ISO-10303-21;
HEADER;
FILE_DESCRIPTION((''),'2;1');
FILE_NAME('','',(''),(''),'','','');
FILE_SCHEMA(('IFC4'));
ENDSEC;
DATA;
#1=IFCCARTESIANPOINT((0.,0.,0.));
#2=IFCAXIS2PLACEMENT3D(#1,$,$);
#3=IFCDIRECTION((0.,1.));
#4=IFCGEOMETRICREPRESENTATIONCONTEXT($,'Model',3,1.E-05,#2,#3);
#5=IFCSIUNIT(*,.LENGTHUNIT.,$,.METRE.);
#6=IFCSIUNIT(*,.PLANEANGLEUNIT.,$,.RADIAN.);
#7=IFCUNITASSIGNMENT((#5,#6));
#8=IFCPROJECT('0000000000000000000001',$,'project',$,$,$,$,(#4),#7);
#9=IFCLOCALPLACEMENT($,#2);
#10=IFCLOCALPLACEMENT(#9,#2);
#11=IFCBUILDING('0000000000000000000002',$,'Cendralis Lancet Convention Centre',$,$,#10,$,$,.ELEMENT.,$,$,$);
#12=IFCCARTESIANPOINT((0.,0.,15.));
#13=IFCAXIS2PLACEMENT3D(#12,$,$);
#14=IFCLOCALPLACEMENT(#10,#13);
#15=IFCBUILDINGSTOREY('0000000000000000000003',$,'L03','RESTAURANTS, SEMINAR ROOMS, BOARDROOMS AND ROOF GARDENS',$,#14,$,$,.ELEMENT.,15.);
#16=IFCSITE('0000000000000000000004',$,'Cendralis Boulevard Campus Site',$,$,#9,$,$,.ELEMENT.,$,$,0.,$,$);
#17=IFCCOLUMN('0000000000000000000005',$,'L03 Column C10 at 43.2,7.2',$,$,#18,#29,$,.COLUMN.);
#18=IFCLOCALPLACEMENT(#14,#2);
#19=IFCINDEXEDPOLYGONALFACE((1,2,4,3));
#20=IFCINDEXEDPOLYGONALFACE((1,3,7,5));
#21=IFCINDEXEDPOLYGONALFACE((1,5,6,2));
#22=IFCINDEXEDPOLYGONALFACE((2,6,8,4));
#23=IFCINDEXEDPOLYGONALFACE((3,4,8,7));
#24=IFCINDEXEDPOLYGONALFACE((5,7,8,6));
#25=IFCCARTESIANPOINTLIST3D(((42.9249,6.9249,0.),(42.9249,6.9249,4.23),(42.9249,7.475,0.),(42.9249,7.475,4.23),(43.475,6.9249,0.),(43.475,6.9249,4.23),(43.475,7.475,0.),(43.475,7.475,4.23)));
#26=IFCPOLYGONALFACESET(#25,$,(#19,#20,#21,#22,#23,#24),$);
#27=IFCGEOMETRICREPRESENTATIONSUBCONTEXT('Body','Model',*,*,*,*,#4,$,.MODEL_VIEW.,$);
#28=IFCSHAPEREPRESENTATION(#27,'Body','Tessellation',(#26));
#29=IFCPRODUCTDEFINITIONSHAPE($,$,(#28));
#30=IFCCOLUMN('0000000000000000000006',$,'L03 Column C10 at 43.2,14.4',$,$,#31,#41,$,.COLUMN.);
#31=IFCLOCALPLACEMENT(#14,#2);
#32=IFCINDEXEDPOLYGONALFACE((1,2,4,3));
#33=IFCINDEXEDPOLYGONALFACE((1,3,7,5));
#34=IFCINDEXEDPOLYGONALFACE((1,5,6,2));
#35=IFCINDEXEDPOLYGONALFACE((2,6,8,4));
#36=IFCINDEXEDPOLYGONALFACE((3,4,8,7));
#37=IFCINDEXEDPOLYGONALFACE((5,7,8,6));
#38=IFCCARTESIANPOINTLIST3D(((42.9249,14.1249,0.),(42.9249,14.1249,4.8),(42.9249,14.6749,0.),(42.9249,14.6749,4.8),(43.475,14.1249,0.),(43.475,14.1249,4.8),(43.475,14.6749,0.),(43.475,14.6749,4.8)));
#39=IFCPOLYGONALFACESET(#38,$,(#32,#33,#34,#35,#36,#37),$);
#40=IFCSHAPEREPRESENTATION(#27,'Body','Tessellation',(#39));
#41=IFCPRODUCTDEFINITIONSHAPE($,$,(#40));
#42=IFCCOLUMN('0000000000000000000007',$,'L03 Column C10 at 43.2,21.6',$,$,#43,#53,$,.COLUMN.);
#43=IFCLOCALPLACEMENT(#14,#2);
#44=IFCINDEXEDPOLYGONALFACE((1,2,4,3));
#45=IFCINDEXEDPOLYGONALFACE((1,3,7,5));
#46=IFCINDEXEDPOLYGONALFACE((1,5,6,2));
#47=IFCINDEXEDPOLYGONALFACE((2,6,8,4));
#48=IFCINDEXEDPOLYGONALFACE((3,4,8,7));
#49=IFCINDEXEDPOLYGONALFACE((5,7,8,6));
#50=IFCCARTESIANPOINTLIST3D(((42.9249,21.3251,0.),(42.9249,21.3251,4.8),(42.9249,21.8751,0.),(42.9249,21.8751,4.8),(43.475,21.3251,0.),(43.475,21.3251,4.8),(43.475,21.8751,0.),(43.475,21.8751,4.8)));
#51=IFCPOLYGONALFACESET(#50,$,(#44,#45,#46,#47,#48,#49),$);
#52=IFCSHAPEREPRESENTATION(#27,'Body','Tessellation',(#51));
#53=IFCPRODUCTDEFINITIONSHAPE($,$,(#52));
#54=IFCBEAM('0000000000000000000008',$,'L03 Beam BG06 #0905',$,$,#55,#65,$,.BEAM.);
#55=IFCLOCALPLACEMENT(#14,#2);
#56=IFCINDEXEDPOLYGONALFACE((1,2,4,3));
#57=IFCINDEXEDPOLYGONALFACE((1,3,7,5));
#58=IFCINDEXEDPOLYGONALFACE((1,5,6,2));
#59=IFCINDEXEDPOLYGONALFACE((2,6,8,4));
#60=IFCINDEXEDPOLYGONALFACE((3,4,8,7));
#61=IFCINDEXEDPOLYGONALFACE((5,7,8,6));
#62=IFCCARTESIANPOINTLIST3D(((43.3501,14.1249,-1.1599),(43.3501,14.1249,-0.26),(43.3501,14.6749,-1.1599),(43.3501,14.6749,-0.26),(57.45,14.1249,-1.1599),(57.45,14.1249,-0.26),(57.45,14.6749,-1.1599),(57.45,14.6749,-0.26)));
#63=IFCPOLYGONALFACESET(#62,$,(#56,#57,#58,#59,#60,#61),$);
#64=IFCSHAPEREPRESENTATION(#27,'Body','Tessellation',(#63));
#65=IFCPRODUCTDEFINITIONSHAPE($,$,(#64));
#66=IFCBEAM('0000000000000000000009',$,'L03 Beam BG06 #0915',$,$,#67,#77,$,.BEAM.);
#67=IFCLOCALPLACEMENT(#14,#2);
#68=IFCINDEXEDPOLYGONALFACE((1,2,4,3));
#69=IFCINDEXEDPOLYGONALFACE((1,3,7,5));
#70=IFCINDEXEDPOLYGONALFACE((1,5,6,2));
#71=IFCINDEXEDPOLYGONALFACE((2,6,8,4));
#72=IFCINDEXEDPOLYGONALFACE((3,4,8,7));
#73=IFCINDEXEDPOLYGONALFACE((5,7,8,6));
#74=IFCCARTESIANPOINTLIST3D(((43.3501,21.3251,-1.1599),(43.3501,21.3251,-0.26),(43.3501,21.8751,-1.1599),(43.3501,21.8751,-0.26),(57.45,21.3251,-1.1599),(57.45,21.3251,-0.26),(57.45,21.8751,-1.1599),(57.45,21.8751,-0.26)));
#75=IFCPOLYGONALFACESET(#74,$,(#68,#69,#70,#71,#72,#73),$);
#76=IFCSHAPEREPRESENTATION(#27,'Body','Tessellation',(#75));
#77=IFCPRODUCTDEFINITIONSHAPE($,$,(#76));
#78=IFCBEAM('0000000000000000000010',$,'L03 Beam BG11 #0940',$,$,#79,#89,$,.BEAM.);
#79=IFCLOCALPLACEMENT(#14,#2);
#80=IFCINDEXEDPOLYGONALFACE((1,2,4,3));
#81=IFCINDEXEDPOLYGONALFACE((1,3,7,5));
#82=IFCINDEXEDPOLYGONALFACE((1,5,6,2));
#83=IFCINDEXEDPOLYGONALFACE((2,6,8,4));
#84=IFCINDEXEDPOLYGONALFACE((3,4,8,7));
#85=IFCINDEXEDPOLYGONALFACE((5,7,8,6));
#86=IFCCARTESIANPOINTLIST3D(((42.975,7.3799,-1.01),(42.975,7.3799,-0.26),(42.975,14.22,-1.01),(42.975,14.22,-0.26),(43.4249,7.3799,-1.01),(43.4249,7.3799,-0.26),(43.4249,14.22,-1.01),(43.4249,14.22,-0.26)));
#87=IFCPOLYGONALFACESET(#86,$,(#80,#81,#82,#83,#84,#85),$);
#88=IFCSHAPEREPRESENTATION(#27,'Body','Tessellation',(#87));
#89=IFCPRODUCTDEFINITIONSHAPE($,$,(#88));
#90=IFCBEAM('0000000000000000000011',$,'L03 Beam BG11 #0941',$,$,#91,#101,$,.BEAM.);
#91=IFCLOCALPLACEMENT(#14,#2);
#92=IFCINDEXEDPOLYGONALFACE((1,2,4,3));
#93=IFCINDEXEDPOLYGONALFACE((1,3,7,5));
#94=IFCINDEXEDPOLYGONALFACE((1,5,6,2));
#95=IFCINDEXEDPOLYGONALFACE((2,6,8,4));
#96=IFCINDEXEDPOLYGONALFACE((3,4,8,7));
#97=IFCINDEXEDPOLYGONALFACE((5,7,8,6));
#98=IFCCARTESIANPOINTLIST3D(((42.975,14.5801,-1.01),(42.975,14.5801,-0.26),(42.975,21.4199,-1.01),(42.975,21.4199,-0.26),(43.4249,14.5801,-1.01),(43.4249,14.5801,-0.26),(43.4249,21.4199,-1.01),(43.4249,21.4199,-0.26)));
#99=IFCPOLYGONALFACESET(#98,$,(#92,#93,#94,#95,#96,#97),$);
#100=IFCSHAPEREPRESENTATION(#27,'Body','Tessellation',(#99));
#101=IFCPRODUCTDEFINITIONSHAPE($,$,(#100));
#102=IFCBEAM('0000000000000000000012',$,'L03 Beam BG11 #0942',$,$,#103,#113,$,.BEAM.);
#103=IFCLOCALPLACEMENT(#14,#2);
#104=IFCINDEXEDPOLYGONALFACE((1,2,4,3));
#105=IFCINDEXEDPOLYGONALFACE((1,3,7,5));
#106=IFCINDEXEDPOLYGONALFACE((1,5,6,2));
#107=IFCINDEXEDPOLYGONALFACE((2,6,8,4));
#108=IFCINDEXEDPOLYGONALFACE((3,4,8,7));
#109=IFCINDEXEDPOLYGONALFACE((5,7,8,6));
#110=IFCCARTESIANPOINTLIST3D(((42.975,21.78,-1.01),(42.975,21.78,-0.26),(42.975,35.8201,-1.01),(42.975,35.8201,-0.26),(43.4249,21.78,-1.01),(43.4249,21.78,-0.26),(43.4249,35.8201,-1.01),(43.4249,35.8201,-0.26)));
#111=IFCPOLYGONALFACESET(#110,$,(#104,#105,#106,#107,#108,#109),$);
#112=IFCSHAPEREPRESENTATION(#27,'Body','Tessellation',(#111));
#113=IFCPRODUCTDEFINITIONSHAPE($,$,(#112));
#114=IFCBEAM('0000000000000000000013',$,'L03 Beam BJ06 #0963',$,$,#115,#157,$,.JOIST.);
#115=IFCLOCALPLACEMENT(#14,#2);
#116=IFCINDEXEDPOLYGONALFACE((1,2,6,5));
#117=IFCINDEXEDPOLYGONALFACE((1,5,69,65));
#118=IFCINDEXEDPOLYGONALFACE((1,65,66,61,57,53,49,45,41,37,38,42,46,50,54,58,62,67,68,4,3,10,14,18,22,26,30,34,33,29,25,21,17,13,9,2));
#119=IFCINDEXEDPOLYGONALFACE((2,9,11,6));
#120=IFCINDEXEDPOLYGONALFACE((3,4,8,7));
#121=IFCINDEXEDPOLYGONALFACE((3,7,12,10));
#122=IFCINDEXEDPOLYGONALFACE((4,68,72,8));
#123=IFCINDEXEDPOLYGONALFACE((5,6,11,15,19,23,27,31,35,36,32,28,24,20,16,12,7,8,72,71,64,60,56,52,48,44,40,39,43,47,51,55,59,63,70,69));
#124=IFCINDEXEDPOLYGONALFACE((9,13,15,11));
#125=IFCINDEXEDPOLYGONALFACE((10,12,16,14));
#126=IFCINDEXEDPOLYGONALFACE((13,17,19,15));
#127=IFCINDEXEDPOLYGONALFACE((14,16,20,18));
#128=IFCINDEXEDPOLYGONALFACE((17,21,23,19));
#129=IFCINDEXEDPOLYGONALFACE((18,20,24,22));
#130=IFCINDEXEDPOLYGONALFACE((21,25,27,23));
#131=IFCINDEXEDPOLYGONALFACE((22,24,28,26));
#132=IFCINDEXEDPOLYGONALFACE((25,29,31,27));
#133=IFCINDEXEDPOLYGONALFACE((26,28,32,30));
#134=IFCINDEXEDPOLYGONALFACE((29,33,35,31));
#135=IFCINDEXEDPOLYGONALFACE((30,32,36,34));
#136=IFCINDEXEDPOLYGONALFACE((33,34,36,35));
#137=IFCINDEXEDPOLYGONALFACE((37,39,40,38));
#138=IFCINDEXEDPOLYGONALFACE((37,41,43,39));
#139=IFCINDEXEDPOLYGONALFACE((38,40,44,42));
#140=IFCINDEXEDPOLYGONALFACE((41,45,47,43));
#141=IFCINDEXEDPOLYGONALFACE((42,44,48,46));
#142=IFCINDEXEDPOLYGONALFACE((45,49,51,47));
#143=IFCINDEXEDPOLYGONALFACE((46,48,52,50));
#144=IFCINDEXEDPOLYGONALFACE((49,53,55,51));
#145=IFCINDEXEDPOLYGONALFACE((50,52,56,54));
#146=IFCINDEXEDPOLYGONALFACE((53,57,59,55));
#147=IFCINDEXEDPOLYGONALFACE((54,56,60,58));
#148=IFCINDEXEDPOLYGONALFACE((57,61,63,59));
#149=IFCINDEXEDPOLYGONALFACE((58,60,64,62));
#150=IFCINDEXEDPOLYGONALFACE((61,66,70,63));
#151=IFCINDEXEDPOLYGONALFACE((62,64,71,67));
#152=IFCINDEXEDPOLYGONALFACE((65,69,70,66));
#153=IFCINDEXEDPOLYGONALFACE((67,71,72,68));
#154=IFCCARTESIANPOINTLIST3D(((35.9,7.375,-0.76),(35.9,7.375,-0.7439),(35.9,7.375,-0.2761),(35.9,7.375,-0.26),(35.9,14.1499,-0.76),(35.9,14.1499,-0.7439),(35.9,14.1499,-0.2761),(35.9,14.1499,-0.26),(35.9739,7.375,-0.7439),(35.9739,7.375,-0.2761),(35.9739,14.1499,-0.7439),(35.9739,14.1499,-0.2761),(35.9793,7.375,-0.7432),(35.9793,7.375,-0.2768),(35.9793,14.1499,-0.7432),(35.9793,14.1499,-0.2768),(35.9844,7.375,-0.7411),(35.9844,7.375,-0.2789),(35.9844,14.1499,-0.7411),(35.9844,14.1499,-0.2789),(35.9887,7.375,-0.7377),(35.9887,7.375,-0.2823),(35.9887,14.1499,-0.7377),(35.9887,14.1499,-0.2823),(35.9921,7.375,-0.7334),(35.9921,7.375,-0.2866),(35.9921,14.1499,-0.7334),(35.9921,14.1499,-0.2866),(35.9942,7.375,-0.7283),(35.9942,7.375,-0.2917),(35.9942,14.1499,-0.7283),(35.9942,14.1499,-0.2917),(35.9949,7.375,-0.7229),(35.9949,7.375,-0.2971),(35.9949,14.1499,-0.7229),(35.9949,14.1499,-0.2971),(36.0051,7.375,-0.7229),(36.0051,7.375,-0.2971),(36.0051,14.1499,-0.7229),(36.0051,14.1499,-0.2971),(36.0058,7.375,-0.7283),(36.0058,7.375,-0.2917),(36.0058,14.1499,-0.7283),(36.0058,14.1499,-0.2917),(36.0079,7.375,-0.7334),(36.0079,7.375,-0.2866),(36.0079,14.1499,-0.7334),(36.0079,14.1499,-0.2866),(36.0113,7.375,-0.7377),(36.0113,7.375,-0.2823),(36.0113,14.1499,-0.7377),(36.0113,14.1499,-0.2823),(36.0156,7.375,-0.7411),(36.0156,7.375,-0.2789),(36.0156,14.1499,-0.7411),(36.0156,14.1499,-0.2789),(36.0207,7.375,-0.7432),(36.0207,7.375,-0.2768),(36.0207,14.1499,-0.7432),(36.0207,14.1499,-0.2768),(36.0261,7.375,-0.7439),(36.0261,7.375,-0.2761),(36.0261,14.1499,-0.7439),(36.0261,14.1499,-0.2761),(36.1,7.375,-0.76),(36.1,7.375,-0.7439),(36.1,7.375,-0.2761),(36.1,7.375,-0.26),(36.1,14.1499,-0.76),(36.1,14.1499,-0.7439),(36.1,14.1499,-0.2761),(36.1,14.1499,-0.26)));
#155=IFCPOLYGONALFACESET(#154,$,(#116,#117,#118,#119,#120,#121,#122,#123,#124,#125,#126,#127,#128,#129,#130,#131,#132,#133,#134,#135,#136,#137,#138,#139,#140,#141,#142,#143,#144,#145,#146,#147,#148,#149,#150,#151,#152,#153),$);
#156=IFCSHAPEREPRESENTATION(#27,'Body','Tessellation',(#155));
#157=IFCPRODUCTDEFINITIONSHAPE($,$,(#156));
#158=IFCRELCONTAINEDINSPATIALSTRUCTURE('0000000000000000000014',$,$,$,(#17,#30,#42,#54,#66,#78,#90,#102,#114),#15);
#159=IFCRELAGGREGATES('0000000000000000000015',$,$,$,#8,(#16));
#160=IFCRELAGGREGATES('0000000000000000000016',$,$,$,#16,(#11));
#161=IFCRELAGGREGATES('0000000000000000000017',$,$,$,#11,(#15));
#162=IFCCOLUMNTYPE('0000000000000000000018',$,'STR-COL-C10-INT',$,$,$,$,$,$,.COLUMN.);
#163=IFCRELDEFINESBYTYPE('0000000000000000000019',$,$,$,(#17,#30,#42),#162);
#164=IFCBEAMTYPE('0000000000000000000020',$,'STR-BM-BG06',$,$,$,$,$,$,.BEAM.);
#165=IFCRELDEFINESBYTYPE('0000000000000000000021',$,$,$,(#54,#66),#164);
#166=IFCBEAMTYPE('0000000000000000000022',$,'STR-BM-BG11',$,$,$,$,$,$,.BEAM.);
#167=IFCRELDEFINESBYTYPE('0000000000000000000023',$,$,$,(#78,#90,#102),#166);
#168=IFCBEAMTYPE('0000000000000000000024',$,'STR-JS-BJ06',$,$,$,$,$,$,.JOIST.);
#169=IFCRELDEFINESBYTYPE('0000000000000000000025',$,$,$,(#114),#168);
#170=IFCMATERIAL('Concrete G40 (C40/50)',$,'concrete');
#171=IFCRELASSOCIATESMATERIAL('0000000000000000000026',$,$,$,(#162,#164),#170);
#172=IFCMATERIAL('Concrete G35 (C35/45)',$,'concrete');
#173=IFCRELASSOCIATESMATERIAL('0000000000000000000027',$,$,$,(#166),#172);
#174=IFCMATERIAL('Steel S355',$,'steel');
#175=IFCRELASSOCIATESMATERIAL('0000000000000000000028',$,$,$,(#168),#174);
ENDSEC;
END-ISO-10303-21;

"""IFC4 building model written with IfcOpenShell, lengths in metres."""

from ifc_helpers import new_model, si_unit, direction, frame, origin, origin_2d, place, context, subcontext, project, spatial, rectangle, i_section, extrude, material, material_profile, profile_set, type_object, element, save


model = new_model("IFC4")

# Units and contexts
model_context = context("Model", 3, precision=1e-05, world=origin(), true_north=direction((0.0, 1.0)))
body_context = subcontext(model_context, "Body", "Model", "MODEL_VIEW")
ifc_project = project(units=[si_unit("LENGTHUNIT", "METRE"), si_unit("PLANEANGLEUNIT", "RADIAN")], contexts=[model_context])

# Site, building, storey
site_placement = place(None, origin())
site = spatial("IfcSite", under=ifc_project, at=site_placement, Name="Cendralis Boulevard Campus Site", CompositionType="ELEMENT", RefElevation=0.0)
building_placement = place(site_placement, origin())
building = spatial("IfcBuilding", under=site, at=building_placement, Name="Cendralis Lancet Convention Centre", CompositionType="ELEMENT")
storey_placement = place(building_placement, frame((0.0, 0.0, 15.0)))
storey = spatial("IfcBuildingStorey", under=building, at=storey_placement, Name="L03", Description="RESTAURANTS, SEMINAR ROOMS, BOARDROOMS AND ROOF GARDENS", CompositionType="ELEMENT", Elevation=15.0)

# Columns
ifc_material_1 = material(Name="Concrete G40 (C40/50)", Category="concrete")
ifc_material_profile_1 = material_profile(ifc_material_1, rectangle(XDim=0.55, YDim=0.55, at=origin_2d()), Name="RC 550x550")
ifc_profile_set_1 = profile_set([ifc_material_profile_1], Name="Concrete G40 (C40/50)")
column_type = type_object("IfcColumnType", Name="STR-COL-C10-INT", PredefinedType="COLUMN", material=ifc_profile_set_1)
column_placement = place(storey_placement, frame((43.2, 7.2, 0.0), z_axis=(0.0, 0.0, 1.0), x_axis=(1.0, 0.0, 0.0)))
element("IfcColumn", 1, at=column_placement, inside=storey, type_object=column_type, Name="L03 Column C10 at 43.2,7.2", PredefinedType="COLUMN", context=body_context, shape_type="SweptSolid", body=[
    extrude(rectangle(XDim=0.55, YDim=0.55, at=origin_2d()), origin(), (0.0, 0.0, 1.0), 4.23),
])
for number, where, z_axis, x_axis, name in (
    (2, (43.2, 14.3999, 0.0), (0.0, 0.0, 1.0), (1.0, 0.0, 0.0), "L03 Column C10 at 43.2,14.4"),
    (3, (43.2, 21.6001, 0.0), (0.0, 0.0, 1.0), (1.0, 0.0, 0.0), "L03 Column C10 at 43.2,21.6"),
):
    element("IfcColumn", number, at=place(storey_placement, frame(where, z_axis=z_axis, x_axis=x_axis)), inside=storey, type_object=column_type, Name=name, PredefinedType="COLUMN", context=body_context, shape_type="SweptSolid", body=[
        extrude(rectangle(XDim=0.55, YDim=0.55, at=origin_2d()), origin(), (0.0, 0.0, 1.0), 4.8),
    ])

# Beams
ifc_material_profile_2 = material_profile(ifc_material_1, rectangle(XDim=0.55, YDim=0.8999, at=origin_2d()), Name="RCB 550x900")
ifc_profile_set_2 = profile_set([ifc_material_profile_2], Name="Concrete G40 (C40/50)")
beam_type_1 = type_object("IfcBeamType", Name="STR-BM-BG06", PredefinedType="BEAM", material=ifc_profile_set_2)
for number, where, z_axis, x_axis, name in (
    (4, (43.3501, 14.3999, -0.71), (1.0, 0.0, 0.0), (0.0, 1.0, 0.0), "L03 Beam BG06 #0905"),
    (5, (43.3501, 21.6001, -0.71), (1.0, 0.0, 0.0), (0.0, 1.0, 0.0), "L03 Beam BG06 #0915"),
):
    element("IfcBeam", number, at=place(storey_placement, frame(where, z_axis=z_axis, x_axis=x_axis)), inside=storey, type_object=beam_type_1, Name=name, PredefinedType="BEAM", context=body_context, shape_type="SweptSolid", body=[
        extrude(rectangle(XDim=0.55, YDim=0.8999, at=origin_2d()), origin(), (0.0, 0.0, 1.0), 14.0999),
    ])
ifc_material_2 = material(Name="Concrete G35 (C35/45)", Category="concrete")
ifc_material_profile_3 = material_profile(ifc_material_2, rectangle(XDim=0.45, YDim=0.75, at=origin_2d()), Name="RCB 450x750")
ifc_profile_set_3 = profile_set([ifc_material_profile_3], Name="Concrete G35 (C35/45)")
beam_type_2 = type_object("IfcBeamType", Name="STR-BM-BG11", PredefinedType="BEAM", material=ifc_profile_set_3)
beam_1_placement = place(storey_placement, frame((43.2, 7.3799, -0.635), z_axis=(0.0, 1.0, 0.0), x_axis=(-1.0, 0.0, 0.0)))
element("IfcBeam", 6, at=beam_1_placement, inside=storey, type_object=beam_type_2, Name="L03 Beam BG11 #0940", PredefinedType="BEAM", context=body_context, shape_type="SweptSolid", body=[
    extrude(rectangle(XDim=0.45, YDim=0.75, at=origin_2d()), origin(), (0.0, 0.0, 1.0), 6.8401),
])
beam_2_placement = place(storey_placement, frame((43.2, 14.5801, -0.635), z_axis=(0.0, 1.0, 0.0), x_axis=(-1.0, 0.0, 0.0)))
element("IfcBeam", 7, at=beam_2_placement, inside=storey, type_object=beam_type_2, Name="L03 Beam BG11 #0941", PredefinedType="BEAM", context=body_context, shape_type="SweptSolid", body=[
    extrude(rectangle(XDim=0.45, YDim=0.75, at=origin_2d()), origin(), (0.0, 0.0, 1.0), 6.8398),
])
beam_3_placement = place(storey_placement, frame((43.2, 21.78, -0.635), z_axis=(0.0, 1.0, 0.0), x_axis=(-1.0, 0.0, 0.0)))
element("IfcBeam", 8, at=beam_3_placement, inside=storey, type_object=beam_type_2, Name="L03 Beam BG11 #0942", PredefinedType="BEAM", context=body_context, shape_type="SweptSolid", body=[
    extrude(rectangle(XDim=0.45, YDim=0.75, at=origin_2d()), origin(), (0.0, 0.0, 1.0), 14.04),
])
ifc_material_3 = material(Name="Steel S355", Category="steel")
ifc_material_profile_4 = material_profile(ifc_material_3, i_section(OverallWidth=0.2, OverallDepth=0.5, WebThickness=0.0103, FlangeThickness=0.0161, FilletRadius=0.021, at=origin_2d()), Name="IPE 500")
ifc_profile_set_4 = profile_set([ifc_material_profile_4], Name="Steel S355")
beam_type_3 = type_object("IfcBeamType", Name="STR-JS-BJ06", PredefinedType="JOIST", material=ifc_profile_set_4)
beam_4_placement = place(storey_placement, frame((36.0, 7.375, -0.51), z_axis=(0.0, 1.0, 0.0), x_axis=(-1.0, 0.0, 0.0)))
element("IfcBeam", 9, at=beam_4_placement, inside=storey, type_object=beam_type_3, Name="L03 Beam BJ06 #0963", PredefinedType="JOIST", context=body_context, shape_type="SweptSolid", body=[
    extrude(i_section(OverallWidth=0.2, OverallDepth=0.5, WebThickness=0.0103, FlangeThickness=0.0161, FilletRadius=0.021, at=origin_2d()), origin(), (0.0, 0.0, 1.0), 6.7749),
])

save(model, "model.ifc")
